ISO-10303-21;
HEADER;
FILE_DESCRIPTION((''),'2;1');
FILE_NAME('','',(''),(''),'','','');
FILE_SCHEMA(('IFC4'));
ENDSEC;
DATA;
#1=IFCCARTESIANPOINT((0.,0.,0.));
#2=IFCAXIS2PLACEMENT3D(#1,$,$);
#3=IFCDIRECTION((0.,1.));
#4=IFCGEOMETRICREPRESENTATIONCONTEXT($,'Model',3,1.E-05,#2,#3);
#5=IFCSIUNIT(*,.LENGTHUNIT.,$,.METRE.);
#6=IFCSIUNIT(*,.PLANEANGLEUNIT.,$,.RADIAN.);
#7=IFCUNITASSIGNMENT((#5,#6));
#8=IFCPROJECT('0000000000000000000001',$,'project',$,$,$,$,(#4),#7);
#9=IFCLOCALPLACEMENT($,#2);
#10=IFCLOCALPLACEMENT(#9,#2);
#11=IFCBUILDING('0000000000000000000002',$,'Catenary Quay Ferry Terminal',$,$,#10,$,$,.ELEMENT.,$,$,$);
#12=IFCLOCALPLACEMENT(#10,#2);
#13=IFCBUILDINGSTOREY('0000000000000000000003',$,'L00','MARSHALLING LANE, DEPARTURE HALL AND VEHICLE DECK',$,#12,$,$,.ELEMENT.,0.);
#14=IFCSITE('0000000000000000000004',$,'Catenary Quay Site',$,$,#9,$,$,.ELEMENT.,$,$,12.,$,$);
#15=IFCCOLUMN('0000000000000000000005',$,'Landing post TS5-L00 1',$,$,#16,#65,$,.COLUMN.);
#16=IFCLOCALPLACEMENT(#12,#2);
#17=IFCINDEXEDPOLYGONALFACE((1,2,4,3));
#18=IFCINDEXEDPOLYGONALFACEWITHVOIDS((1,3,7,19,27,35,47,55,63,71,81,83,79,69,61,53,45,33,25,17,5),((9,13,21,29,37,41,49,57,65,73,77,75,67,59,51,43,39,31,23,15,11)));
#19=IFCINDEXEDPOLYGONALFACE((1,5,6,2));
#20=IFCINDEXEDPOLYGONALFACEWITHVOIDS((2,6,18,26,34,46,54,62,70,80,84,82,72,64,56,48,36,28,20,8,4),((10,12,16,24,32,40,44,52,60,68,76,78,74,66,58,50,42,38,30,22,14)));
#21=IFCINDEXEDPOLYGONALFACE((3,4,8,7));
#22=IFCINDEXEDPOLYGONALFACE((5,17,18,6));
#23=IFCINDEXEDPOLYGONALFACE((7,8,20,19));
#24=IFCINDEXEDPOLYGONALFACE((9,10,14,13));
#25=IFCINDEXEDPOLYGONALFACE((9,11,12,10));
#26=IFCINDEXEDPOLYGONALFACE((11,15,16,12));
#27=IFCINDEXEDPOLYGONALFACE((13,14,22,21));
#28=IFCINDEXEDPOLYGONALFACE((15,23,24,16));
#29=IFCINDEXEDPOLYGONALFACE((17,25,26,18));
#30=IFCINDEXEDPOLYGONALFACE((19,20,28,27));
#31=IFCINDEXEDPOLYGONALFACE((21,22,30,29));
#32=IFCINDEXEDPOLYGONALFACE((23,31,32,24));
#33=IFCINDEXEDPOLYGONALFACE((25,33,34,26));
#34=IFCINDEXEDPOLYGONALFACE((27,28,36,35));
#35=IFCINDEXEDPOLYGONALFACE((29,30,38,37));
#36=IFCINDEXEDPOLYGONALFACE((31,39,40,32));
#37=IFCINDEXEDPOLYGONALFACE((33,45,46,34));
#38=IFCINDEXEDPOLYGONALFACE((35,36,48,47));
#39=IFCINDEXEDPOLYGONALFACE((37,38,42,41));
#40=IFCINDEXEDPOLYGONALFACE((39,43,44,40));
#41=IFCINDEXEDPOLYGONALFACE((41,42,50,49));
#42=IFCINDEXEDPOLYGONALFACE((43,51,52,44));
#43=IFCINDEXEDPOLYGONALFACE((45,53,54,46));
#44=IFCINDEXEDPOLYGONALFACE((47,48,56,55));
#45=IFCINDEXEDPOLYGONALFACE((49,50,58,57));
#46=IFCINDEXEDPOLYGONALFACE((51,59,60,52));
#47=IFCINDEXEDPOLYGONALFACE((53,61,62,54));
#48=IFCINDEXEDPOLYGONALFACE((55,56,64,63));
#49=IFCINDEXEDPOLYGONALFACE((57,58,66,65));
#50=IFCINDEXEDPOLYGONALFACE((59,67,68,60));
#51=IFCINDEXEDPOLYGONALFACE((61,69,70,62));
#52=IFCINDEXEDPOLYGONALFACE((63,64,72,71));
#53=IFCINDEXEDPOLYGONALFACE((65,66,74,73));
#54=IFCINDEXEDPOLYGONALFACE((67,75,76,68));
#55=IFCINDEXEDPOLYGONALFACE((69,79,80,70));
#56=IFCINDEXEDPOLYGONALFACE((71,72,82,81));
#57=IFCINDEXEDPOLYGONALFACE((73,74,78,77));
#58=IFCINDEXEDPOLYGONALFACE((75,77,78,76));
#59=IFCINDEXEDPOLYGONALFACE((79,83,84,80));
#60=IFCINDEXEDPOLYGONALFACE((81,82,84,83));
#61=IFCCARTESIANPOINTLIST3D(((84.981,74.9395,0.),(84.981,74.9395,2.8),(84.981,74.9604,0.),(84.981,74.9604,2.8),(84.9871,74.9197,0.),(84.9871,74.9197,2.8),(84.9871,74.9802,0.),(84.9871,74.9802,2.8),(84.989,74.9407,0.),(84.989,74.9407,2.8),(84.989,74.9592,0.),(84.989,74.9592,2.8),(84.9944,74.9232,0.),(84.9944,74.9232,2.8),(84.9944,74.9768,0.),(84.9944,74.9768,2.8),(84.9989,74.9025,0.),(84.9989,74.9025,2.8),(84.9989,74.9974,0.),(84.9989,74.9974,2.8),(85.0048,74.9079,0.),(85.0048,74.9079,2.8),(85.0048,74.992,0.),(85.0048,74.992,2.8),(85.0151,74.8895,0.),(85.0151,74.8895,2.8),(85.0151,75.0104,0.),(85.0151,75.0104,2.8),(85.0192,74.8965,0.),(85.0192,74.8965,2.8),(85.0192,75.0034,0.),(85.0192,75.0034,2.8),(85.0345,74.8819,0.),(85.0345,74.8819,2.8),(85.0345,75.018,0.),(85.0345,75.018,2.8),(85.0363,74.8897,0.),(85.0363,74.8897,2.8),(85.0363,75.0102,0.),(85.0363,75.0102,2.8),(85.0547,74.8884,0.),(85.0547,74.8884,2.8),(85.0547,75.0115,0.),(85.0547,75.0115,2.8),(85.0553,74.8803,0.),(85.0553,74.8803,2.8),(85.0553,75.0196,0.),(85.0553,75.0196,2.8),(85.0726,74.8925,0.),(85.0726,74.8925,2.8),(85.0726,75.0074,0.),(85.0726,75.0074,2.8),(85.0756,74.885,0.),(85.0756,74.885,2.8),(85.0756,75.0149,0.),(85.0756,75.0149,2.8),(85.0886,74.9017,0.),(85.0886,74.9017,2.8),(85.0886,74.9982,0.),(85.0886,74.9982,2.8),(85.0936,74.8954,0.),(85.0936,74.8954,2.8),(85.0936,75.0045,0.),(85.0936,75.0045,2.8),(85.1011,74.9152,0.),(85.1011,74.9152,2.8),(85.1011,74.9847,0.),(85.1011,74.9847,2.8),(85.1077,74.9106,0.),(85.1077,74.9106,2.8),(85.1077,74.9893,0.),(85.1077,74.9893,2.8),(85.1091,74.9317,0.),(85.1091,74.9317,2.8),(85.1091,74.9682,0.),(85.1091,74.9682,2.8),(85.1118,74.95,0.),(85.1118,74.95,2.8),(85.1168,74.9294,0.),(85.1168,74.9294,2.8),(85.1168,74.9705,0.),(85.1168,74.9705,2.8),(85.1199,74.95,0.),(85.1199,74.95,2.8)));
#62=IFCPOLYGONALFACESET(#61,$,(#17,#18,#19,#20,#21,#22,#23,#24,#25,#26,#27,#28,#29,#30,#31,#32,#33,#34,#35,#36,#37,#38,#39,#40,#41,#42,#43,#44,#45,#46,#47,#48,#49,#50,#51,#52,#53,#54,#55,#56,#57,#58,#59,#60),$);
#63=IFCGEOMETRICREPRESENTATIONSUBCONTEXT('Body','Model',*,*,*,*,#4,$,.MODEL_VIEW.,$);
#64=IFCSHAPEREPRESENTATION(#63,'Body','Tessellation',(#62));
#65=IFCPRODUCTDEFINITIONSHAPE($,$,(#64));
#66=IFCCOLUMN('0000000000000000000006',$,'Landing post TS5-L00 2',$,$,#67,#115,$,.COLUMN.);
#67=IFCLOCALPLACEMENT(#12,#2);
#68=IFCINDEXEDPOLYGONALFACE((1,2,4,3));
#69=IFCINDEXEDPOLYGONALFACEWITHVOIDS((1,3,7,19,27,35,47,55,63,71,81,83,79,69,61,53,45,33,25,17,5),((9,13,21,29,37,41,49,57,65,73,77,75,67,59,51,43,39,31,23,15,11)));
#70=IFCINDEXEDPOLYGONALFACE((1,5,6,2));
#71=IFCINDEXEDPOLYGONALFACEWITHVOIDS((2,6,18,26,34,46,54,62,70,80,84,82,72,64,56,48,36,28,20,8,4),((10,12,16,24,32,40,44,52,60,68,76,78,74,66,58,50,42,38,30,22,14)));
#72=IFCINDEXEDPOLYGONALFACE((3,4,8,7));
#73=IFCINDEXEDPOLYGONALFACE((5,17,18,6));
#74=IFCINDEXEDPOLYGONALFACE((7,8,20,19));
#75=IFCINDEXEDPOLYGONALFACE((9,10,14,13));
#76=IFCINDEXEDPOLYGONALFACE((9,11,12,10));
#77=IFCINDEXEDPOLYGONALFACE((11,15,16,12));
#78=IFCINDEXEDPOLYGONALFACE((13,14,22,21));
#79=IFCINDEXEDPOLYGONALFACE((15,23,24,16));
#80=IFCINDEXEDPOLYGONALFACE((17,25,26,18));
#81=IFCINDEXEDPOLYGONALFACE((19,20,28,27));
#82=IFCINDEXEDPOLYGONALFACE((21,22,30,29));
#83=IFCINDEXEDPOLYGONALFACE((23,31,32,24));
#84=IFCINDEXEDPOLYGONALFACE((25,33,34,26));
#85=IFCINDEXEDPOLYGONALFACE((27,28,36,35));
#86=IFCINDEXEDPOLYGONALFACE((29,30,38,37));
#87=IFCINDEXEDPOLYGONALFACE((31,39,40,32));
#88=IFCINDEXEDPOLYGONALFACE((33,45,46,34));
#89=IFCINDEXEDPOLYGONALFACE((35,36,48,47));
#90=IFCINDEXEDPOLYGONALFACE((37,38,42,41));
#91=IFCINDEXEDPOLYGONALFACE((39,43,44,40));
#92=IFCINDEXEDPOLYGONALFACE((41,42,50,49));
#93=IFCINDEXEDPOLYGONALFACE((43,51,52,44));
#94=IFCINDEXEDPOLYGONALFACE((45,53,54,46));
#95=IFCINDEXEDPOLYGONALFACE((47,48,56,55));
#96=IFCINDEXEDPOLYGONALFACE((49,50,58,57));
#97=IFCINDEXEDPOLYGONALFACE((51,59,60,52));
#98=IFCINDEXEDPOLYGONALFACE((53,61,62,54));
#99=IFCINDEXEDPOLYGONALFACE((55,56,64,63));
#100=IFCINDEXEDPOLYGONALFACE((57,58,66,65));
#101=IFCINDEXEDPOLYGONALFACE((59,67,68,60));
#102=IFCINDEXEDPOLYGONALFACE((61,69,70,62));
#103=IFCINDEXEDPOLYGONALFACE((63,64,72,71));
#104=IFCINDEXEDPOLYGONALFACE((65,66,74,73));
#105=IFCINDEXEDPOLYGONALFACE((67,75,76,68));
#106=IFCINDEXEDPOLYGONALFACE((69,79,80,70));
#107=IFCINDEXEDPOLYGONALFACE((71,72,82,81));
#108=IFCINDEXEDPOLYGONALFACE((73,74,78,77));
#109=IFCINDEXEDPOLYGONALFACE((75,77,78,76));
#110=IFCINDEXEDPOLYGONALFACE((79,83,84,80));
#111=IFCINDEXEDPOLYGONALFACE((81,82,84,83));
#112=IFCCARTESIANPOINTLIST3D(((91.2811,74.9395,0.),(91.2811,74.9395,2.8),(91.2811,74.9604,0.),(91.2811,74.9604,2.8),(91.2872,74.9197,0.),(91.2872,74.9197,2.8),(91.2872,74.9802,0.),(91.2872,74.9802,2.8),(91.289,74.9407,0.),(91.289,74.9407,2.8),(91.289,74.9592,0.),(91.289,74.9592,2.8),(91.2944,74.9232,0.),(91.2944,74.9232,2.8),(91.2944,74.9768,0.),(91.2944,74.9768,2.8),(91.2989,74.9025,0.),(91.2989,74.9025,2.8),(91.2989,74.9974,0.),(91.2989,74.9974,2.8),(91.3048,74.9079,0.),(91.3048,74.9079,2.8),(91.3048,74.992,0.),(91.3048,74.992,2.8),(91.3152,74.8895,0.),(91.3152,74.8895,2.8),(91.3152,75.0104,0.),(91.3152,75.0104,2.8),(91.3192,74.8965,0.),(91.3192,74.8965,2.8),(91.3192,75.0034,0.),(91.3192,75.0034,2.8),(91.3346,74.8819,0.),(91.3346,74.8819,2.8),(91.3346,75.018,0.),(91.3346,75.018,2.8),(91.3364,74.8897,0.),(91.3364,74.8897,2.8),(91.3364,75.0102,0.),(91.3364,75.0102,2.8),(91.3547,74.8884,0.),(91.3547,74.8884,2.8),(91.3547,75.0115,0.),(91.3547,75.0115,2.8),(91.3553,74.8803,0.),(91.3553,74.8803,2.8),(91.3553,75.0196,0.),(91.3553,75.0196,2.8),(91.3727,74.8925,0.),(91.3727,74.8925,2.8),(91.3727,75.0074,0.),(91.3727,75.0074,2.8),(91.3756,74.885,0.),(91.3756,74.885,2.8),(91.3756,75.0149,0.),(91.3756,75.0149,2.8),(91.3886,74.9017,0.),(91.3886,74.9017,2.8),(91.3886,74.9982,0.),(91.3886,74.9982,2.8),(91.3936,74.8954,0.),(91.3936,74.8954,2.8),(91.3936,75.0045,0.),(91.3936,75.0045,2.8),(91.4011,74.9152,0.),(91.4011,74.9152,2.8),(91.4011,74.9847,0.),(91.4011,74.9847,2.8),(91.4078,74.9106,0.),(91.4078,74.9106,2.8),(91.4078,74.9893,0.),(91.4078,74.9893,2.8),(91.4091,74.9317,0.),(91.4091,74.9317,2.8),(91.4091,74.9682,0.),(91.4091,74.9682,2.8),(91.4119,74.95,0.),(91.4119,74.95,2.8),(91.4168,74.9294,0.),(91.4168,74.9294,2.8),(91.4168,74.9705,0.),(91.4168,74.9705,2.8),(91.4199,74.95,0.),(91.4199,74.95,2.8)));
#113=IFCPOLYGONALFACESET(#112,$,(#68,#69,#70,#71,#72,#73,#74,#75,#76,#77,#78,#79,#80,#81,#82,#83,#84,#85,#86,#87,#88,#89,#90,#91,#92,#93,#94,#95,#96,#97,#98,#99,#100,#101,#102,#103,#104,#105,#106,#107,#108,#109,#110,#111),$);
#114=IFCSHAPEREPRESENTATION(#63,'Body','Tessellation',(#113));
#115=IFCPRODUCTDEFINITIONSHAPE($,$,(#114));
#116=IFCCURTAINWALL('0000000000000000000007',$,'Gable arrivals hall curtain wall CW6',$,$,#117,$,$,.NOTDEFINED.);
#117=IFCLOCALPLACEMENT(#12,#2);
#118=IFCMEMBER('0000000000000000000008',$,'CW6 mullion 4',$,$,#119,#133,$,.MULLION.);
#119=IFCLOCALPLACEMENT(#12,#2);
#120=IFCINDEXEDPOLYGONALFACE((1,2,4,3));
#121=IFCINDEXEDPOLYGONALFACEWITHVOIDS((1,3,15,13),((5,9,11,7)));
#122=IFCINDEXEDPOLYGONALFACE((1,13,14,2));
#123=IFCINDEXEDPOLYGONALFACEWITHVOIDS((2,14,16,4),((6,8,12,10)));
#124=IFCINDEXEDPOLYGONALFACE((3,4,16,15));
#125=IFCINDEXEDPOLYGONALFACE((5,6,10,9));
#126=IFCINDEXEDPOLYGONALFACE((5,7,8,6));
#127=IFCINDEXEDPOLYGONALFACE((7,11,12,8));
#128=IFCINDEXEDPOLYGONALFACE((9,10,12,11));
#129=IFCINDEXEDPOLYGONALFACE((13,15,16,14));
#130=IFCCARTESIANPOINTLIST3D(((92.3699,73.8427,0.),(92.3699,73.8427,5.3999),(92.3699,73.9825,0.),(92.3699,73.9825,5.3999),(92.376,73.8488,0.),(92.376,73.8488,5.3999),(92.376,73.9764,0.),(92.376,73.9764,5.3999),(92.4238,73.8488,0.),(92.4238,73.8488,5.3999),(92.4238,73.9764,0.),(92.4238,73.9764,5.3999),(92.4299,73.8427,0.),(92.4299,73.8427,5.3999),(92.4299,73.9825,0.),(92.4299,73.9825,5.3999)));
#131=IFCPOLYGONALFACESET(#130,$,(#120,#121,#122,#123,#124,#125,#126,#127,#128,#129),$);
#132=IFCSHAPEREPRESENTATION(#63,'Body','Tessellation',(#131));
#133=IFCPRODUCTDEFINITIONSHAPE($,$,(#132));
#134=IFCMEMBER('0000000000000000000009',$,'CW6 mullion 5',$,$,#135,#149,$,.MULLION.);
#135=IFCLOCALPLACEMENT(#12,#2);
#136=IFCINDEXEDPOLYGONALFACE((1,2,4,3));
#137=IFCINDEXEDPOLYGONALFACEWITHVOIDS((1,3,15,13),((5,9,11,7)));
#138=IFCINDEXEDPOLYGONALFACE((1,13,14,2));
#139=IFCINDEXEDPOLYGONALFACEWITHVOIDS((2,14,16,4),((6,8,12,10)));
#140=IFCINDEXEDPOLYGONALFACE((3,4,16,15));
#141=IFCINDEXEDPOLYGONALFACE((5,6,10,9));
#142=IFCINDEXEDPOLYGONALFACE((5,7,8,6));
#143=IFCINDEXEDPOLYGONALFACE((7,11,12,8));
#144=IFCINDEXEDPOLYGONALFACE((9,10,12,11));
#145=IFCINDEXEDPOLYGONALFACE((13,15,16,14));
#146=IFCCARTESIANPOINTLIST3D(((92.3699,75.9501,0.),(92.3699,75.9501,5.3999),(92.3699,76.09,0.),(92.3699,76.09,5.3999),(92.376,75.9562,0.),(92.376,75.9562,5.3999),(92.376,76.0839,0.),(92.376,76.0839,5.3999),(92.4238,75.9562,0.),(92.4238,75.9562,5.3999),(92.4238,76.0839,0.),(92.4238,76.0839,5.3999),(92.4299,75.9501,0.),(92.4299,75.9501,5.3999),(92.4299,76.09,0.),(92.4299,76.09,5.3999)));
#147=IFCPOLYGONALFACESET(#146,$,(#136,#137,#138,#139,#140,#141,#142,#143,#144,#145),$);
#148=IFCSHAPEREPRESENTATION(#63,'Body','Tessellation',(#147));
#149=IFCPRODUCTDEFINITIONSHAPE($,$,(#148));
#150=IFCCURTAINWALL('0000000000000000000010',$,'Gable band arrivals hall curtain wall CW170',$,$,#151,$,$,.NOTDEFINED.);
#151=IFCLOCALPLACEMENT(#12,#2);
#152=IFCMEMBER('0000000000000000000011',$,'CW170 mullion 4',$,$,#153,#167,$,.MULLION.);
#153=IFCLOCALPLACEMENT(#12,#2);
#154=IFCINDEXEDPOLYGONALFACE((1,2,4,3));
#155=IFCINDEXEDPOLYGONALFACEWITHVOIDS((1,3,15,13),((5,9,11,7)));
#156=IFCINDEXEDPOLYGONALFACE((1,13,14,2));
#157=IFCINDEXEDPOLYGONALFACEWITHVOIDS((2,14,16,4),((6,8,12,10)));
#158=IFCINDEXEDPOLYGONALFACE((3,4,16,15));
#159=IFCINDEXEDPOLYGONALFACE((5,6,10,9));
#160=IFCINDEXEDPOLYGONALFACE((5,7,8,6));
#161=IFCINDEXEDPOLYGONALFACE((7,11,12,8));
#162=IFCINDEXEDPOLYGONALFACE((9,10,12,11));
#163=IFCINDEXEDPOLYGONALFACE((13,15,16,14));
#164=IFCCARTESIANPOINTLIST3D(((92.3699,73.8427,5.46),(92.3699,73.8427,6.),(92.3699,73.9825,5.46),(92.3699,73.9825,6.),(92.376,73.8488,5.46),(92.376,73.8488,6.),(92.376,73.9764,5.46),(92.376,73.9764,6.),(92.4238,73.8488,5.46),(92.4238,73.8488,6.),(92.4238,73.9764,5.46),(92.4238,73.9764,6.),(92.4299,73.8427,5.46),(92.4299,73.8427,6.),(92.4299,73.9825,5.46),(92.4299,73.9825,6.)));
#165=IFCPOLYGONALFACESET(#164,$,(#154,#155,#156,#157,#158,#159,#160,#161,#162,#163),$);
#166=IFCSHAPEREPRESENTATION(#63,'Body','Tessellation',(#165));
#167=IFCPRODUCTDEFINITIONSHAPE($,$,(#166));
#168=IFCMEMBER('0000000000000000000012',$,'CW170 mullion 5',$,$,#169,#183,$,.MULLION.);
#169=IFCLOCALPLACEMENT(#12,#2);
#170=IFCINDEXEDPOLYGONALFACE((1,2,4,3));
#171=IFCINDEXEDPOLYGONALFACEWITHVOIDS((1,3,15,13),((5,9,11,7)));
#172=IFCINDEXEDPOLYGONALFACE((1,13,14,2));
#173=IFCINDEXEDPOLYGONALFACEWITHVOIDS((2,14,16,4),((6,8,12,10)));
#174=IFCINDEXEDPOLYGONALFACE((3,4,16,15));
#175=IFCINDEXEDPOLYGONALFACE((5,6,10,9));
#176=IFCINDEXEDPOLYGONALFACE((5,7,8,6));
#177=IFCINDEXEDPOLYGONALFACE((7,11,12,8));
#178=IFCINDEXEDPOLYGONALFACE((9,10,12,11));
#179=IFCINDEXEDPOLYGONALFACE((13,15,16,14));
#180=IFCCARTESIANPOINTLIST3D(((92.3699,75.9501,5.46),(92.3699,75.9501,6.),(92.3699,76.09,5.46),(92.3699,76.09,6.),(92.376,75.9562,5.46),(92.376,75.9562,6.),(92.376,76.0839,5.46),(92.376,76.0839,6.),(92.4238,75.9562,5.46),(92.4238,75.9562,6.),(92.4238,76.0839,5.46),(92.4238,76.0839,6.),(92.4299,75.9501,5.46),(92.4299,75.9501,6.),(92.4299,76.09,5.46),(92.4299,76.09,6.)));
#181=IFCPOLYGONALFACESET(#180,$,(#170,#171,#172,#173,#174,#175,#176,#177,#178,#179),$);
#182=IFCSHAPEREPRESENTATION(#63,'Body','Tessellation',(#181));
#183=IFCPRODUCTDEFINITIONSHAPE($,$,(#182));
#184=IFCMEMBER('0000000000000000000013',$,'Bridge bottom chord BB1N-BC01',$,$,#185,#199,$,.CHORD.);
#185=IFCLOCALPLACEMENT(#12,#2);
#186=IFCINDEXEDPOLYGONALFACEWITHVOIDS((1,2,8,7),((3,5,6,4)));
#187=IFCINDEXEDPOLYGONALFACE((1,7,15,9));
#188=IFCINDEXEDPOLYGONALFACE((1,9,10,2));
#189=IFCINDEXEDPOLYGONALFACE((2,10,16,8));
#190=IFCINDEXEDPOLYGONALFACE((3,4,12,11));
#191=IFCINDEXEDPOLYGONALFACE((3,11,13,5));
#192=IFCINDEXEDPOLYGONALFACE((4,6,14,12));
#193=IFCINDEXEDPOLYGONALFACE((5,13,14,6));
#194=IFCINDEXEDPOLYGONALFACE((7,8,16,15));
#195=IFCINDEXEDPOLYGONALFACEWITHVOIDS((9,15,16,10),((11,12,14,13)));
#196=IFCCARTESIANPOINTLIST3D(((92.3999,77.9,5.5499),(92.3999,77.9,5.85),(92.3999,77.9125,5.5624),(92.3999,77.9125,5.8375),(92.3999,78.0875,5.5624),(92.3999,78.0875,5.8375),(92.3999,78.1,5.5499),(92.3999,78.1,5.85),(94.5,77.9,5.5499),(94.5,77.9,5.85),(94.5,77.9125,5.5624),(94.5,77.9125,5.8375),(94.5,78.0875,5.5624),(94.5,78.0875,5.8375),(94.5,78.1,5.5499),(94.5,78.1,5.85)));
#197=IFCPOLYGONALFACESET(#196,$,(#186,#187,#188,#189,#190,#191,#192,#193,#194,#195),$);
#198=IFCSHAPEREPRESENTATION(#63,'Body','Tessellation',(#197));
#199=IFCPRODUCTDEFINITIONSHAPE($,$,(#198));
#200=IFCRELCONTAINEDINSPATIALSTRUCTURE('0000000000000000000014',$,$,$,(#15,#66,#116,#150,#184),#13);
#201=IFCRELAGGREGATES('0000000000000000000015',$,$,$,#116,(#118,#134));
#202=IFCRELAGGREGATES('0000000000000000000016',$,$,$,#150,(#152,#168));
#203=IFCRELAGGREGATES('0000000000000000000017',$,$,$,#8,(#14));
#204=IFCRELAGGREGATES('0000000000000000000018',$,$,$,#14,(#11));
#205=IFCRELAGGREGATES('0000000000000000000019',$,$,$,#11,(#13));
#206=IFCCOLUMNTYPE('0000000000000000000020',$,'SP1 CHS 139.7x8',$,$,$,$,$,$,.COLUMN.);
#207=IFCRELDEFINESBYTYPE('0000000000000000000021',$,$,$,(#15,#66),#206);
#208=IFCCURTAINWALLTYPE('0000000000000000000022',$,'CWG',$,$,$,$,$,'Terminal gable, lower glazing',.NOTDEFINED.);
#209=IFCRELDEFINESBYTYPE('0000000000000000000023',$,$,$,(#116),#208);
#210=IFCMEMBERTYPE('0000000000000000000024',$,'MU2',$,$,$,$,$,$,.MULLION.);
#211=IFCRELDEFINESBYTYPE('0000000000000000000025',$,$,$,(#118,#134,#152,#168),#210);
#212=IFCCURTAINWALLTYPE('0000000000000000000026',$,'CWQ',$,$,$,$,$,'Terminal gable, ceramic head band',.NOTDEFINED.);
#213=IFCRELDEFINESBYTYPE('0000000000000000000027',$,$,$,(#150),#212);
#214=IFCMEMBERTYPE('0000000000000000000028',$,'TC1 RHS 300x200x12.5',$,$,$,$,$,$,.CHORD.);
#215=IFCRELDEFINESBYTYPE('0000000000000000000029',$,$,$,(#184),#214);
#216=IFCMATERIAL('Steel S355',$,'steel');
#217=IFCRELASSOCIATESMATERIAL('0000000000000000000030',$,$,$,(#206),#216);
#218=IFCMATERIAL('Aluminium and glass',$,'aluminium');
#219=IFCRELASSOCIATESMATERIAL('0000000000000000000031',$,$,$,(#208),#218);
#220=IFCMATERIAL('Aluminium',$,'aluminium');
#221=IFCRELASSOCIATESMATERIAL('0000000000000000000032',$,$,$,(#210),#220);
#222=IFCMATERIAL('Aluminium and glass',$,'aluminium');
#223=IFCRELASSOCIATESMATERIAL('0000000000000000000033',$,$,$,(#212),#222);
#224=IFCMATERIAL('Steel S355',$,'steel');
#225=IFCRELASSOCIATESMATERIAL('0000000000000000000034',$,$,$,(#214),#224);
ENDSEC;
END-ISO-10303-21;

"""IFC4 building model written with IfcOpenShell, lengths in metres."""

from ifc_helpers import new_model, si_unit, direction, frame, origin, origin_2d, place, context, subcontext, project, spatial, hollow_rectangle, hollow_circle, extrude, material, material_profile, profile_set, type_object, element, aggregate, save


model = new_model("IFC4")

# Units and contexts
model_context = context("Model", 3, precision=1e-05, world=origin(), true_north=direction((0.0, 1.0)))
body_context = subcontext(model_context, "Body", "Model", "MODEL_VIEW")
ifc_project = project(units=[si_unit("LENGTHUNIT", "METRE"), si_unit("PLANEANGLEUNIT", "RADIAN")], contexts=[model_context])

# Site, building, storey
site_placement = place(None, origin())
site = spatial("IfcSite", under=ifc_project, at=site_placement, Name="Catenary Quay Site", CompositionType="ELEMENT", RefElevation=12.0)
building_placement = place(site_placement, origin())
building = spatial("IfcBuilding", under=site, at=building_placement, Name="Catenary Quay Ferry Terminal", CompositionType="ELEMENT")
storey_placement = place(building_placement, origin())
storey = spatial("IfcBuildingStorey", under=building, at=storey_placement, Name="L00", Description="MARSHALLING LANE, DEPARTURE HALL AND VEHICLE DECK", CompositionType="ELEMENT", Elevation=0.0)

# Columns
ifc_material_1 = material(Name="Steel S355", Category="steel")
ifc_material_profile_1 = material_profile(ifc_material_1, hollow_circle(Radius=0.0698, WallThickness=0.0081, at=origin_2d()), Name="CHS 139.7x8")
ifc_profile_set_1 = profile_set([ifc_material_profile_1], Name="Steel S355")
column_type_1 = type_object("IfcColumnType", Name="SP1 CHS 139.7x8", PredefinedType="COLUMN", material=ifc_profile_set_1)
for number, where, z_axis, x_axis, name in (
    (1, (85.05, 74.95, 0.0), (0.0, 0.0, 1.0), (1.0, 0.0, 0.0), "Landing post TS5-L00 1"),
    (2, (91.3501, 74.95, 0.0), (0.0, 0.0, 1.0), (1.0, 0.0, 0.0), "Landing post TS5-L00 2"),
):
    element("IfcColumn", number, at=place(storey_placement, frame(where, z_axis=z_axis, x_axis=x_axis)), inside=storey, type_object=column_type_1, Name=name, PredefinedType="COLUMN", context=body_context, shape_type="SweptSolid", body=[
        extrude(hollow_circle(Radius=0.0698, WallThickness=0.0081, at=origin_2d()), origin(), (0.0, 0.0, 1.0), 2.8),
    ])

# Curtain walls, members
ifc_material_2 = material(Name="Aluminium and glass", Category="aluminium")
curtain_wall_type_1 = type_object("IfcCurtainWallType", Name="CWG", ElementType="Terminal gable, lower glazing", PredefinedType="NOTDEFINED", material=ifc_material_2)
curtain_wall_1_placement = place(storey_placement, origin())
curtain_wall_1 = element("IfcCurtainWall", 3, at=curtain_wall_1_placement, inside=storey, type_object=curtain_wall_type_1, Name="Gable arrivals hall curtain wall CW6", PredefinedType="NOTDEFINED")
ifc_material_3 = material(Name="Aluminium", Category="aluminium")
ifc_material_profile_2 = material_profile(ifc_material_3, hollow_rectangle(XDim=0.0601, YDim=0.1399, WallThickness=0.0061, at=origin_2d()), Name="MU2")
ifc_profile_set_2 = profile_set([ifc_material_profile_2], Name="Aluminium")
member_type_1 = type_object("IfcMemberType", Name="MU2", PredefinedType="MULLION", material=ifc_profile_set_2)
member_1_placement = place(storey_placement, frame((92.3999, 73.9126, 0.0), z_axis=(0.0, 0.0, 1.0), x_axis=(-1.0, 0.0, 0.0)))
member_1 = element("IfcMember", 4, at=member_1_placement, type_object=member_type_1, Name="CW6 mullion 4", PredefinedType="MULLION", context=body_context, shape_type="SweptSolid", body=[
    extrude(hollow_rectangle(XDim=0.0601, YDim=0.1399, WallThickness=0.0061, at=origin_2d()), origin(), (0.0, 0.0, 1.0), 5.3999),
])
member_2_placement = place(storey_placement, frame((92.3999, 76.02, 0.0), z_axis=(0.0, 0.0, 1.0), x_axis=(-1.0, 0.0, 0.0)))
member_2 = element("IfcMember", 5, at=member_2_placement, type_object=member_type_1, Name="CW6 mullion 5", PredefinedType="MULLION", context=body_context, shape_type="SweptSolid", body=[
    extrude(hollow_rectangle(XDim=0.0601, YDim=0.1399, WallThickness=0.0061, at=origin_2d()), origin(), (0.0, 0.0, 1.0), 5.3999),
])
ifc_material_4 = material(Name="Aluminium and glass", Category="aluminium")
curtain_wall_type_2 = type_object("IfcCurtainWallType", Name="CWQ", ElementType="Terminal gable, ceramic head band", PredefinedType="NOTDEFINED", material=ifc_material_4)
curtain_wall_2_placement = place(storey_placement, origin())
curtain_wall_2 = element("IfcCurtainWall", 6, at=curtain_wall_2_placement, inside=storey, type_object=curtain_wall_type_2, Name="Gable band arrivals hall curtain wall CW170", PredefinedType="NOTDEFINED")
member_3_placement = place(storey_placement, frame((92.3999, 73.9126, 5.46), z_axis=(0.0, 0.0, 1.0), x_axis=(-1.0, 0.0, 0.0)))
member_3 = element("IfcMember", 7, at=member_3_placement, type_object=member_type_1, Name="CW170 mullion 4", PredefinedType="MULLION", context=body_context, shape_type="SweptSolid", body=[
    extrude(hollow_rectangle(XDim=0.0601, YDim=0.1399, WallThickness=0.0061, at=origin_2d()), origin(), (0.0, 0.0, 1.0), 0.54),
])
member_4_placement = place(storey_placement, frame((92.3999, 76.02, 5.46), z_axis=(0.0, 0.0, 1.0), x_axis=(-1.0, 0.0, 0.0)))
member_4 = element("IfcMember", 8, at=member_4_placement, type_object=member_type_1, Name="CW170 mullion 5", PredefinedType="MULLION", context=body_context, shape_type="SweptSolid", body=[
    extrude(hollow_rectangle(XDim=0.0601, YDim=0.1399, WallThickness=0.0061, at=origin_2d()), origin(), (0.0, 0.0, 1.0), 0.54),
])

# Member
ifc_material_5 = material(Name="Steel S355", Category="steel")
ifc_material_profile_3 = material_profile(ifc_material_5, hollow_rectangle(XDim=0.2, YDim=0.3, WallThickness=0.0125, at=origin_2d()), Name="RHS 300x200x12.5")
ifc_profile_set_3 = profile_set([ifc_material_profile_3], Name="Steel S355")
member_type_2 = type_object("IfcMemberType", Name="TC1 RHS 300x200x12.5", PredefinedType="CHORD", material=ifc_profile_set_3)
member_5_placement = place(storey_placement, frame((92.3999, 78.0, 5.7), z_axis=(1.0, 0.0, 0.0), x_axis=(0.0, 1.0, 0.0)))
element("IfcMember", 9, at=member_5_placement, inside=storey, type_object=member_type_2, Name="Bridge bottom chord BB1N-BC01", PredefinedType="CHORD", context=body_context, shape_type="SweptSolid", body=[
    extrude(hollow_rectangle(XDim=0.2, YDim=0.3, WallThickness=0.0125, at=origin_2d()), origin(), (0.0, 0.0, 1.0), 2.1001),
])

aggregate(curtain_wall_1, [member_1, member_2])
aggregate(curtain_wall_2, [member_3, member_4])

save(model, "model.ifc")
